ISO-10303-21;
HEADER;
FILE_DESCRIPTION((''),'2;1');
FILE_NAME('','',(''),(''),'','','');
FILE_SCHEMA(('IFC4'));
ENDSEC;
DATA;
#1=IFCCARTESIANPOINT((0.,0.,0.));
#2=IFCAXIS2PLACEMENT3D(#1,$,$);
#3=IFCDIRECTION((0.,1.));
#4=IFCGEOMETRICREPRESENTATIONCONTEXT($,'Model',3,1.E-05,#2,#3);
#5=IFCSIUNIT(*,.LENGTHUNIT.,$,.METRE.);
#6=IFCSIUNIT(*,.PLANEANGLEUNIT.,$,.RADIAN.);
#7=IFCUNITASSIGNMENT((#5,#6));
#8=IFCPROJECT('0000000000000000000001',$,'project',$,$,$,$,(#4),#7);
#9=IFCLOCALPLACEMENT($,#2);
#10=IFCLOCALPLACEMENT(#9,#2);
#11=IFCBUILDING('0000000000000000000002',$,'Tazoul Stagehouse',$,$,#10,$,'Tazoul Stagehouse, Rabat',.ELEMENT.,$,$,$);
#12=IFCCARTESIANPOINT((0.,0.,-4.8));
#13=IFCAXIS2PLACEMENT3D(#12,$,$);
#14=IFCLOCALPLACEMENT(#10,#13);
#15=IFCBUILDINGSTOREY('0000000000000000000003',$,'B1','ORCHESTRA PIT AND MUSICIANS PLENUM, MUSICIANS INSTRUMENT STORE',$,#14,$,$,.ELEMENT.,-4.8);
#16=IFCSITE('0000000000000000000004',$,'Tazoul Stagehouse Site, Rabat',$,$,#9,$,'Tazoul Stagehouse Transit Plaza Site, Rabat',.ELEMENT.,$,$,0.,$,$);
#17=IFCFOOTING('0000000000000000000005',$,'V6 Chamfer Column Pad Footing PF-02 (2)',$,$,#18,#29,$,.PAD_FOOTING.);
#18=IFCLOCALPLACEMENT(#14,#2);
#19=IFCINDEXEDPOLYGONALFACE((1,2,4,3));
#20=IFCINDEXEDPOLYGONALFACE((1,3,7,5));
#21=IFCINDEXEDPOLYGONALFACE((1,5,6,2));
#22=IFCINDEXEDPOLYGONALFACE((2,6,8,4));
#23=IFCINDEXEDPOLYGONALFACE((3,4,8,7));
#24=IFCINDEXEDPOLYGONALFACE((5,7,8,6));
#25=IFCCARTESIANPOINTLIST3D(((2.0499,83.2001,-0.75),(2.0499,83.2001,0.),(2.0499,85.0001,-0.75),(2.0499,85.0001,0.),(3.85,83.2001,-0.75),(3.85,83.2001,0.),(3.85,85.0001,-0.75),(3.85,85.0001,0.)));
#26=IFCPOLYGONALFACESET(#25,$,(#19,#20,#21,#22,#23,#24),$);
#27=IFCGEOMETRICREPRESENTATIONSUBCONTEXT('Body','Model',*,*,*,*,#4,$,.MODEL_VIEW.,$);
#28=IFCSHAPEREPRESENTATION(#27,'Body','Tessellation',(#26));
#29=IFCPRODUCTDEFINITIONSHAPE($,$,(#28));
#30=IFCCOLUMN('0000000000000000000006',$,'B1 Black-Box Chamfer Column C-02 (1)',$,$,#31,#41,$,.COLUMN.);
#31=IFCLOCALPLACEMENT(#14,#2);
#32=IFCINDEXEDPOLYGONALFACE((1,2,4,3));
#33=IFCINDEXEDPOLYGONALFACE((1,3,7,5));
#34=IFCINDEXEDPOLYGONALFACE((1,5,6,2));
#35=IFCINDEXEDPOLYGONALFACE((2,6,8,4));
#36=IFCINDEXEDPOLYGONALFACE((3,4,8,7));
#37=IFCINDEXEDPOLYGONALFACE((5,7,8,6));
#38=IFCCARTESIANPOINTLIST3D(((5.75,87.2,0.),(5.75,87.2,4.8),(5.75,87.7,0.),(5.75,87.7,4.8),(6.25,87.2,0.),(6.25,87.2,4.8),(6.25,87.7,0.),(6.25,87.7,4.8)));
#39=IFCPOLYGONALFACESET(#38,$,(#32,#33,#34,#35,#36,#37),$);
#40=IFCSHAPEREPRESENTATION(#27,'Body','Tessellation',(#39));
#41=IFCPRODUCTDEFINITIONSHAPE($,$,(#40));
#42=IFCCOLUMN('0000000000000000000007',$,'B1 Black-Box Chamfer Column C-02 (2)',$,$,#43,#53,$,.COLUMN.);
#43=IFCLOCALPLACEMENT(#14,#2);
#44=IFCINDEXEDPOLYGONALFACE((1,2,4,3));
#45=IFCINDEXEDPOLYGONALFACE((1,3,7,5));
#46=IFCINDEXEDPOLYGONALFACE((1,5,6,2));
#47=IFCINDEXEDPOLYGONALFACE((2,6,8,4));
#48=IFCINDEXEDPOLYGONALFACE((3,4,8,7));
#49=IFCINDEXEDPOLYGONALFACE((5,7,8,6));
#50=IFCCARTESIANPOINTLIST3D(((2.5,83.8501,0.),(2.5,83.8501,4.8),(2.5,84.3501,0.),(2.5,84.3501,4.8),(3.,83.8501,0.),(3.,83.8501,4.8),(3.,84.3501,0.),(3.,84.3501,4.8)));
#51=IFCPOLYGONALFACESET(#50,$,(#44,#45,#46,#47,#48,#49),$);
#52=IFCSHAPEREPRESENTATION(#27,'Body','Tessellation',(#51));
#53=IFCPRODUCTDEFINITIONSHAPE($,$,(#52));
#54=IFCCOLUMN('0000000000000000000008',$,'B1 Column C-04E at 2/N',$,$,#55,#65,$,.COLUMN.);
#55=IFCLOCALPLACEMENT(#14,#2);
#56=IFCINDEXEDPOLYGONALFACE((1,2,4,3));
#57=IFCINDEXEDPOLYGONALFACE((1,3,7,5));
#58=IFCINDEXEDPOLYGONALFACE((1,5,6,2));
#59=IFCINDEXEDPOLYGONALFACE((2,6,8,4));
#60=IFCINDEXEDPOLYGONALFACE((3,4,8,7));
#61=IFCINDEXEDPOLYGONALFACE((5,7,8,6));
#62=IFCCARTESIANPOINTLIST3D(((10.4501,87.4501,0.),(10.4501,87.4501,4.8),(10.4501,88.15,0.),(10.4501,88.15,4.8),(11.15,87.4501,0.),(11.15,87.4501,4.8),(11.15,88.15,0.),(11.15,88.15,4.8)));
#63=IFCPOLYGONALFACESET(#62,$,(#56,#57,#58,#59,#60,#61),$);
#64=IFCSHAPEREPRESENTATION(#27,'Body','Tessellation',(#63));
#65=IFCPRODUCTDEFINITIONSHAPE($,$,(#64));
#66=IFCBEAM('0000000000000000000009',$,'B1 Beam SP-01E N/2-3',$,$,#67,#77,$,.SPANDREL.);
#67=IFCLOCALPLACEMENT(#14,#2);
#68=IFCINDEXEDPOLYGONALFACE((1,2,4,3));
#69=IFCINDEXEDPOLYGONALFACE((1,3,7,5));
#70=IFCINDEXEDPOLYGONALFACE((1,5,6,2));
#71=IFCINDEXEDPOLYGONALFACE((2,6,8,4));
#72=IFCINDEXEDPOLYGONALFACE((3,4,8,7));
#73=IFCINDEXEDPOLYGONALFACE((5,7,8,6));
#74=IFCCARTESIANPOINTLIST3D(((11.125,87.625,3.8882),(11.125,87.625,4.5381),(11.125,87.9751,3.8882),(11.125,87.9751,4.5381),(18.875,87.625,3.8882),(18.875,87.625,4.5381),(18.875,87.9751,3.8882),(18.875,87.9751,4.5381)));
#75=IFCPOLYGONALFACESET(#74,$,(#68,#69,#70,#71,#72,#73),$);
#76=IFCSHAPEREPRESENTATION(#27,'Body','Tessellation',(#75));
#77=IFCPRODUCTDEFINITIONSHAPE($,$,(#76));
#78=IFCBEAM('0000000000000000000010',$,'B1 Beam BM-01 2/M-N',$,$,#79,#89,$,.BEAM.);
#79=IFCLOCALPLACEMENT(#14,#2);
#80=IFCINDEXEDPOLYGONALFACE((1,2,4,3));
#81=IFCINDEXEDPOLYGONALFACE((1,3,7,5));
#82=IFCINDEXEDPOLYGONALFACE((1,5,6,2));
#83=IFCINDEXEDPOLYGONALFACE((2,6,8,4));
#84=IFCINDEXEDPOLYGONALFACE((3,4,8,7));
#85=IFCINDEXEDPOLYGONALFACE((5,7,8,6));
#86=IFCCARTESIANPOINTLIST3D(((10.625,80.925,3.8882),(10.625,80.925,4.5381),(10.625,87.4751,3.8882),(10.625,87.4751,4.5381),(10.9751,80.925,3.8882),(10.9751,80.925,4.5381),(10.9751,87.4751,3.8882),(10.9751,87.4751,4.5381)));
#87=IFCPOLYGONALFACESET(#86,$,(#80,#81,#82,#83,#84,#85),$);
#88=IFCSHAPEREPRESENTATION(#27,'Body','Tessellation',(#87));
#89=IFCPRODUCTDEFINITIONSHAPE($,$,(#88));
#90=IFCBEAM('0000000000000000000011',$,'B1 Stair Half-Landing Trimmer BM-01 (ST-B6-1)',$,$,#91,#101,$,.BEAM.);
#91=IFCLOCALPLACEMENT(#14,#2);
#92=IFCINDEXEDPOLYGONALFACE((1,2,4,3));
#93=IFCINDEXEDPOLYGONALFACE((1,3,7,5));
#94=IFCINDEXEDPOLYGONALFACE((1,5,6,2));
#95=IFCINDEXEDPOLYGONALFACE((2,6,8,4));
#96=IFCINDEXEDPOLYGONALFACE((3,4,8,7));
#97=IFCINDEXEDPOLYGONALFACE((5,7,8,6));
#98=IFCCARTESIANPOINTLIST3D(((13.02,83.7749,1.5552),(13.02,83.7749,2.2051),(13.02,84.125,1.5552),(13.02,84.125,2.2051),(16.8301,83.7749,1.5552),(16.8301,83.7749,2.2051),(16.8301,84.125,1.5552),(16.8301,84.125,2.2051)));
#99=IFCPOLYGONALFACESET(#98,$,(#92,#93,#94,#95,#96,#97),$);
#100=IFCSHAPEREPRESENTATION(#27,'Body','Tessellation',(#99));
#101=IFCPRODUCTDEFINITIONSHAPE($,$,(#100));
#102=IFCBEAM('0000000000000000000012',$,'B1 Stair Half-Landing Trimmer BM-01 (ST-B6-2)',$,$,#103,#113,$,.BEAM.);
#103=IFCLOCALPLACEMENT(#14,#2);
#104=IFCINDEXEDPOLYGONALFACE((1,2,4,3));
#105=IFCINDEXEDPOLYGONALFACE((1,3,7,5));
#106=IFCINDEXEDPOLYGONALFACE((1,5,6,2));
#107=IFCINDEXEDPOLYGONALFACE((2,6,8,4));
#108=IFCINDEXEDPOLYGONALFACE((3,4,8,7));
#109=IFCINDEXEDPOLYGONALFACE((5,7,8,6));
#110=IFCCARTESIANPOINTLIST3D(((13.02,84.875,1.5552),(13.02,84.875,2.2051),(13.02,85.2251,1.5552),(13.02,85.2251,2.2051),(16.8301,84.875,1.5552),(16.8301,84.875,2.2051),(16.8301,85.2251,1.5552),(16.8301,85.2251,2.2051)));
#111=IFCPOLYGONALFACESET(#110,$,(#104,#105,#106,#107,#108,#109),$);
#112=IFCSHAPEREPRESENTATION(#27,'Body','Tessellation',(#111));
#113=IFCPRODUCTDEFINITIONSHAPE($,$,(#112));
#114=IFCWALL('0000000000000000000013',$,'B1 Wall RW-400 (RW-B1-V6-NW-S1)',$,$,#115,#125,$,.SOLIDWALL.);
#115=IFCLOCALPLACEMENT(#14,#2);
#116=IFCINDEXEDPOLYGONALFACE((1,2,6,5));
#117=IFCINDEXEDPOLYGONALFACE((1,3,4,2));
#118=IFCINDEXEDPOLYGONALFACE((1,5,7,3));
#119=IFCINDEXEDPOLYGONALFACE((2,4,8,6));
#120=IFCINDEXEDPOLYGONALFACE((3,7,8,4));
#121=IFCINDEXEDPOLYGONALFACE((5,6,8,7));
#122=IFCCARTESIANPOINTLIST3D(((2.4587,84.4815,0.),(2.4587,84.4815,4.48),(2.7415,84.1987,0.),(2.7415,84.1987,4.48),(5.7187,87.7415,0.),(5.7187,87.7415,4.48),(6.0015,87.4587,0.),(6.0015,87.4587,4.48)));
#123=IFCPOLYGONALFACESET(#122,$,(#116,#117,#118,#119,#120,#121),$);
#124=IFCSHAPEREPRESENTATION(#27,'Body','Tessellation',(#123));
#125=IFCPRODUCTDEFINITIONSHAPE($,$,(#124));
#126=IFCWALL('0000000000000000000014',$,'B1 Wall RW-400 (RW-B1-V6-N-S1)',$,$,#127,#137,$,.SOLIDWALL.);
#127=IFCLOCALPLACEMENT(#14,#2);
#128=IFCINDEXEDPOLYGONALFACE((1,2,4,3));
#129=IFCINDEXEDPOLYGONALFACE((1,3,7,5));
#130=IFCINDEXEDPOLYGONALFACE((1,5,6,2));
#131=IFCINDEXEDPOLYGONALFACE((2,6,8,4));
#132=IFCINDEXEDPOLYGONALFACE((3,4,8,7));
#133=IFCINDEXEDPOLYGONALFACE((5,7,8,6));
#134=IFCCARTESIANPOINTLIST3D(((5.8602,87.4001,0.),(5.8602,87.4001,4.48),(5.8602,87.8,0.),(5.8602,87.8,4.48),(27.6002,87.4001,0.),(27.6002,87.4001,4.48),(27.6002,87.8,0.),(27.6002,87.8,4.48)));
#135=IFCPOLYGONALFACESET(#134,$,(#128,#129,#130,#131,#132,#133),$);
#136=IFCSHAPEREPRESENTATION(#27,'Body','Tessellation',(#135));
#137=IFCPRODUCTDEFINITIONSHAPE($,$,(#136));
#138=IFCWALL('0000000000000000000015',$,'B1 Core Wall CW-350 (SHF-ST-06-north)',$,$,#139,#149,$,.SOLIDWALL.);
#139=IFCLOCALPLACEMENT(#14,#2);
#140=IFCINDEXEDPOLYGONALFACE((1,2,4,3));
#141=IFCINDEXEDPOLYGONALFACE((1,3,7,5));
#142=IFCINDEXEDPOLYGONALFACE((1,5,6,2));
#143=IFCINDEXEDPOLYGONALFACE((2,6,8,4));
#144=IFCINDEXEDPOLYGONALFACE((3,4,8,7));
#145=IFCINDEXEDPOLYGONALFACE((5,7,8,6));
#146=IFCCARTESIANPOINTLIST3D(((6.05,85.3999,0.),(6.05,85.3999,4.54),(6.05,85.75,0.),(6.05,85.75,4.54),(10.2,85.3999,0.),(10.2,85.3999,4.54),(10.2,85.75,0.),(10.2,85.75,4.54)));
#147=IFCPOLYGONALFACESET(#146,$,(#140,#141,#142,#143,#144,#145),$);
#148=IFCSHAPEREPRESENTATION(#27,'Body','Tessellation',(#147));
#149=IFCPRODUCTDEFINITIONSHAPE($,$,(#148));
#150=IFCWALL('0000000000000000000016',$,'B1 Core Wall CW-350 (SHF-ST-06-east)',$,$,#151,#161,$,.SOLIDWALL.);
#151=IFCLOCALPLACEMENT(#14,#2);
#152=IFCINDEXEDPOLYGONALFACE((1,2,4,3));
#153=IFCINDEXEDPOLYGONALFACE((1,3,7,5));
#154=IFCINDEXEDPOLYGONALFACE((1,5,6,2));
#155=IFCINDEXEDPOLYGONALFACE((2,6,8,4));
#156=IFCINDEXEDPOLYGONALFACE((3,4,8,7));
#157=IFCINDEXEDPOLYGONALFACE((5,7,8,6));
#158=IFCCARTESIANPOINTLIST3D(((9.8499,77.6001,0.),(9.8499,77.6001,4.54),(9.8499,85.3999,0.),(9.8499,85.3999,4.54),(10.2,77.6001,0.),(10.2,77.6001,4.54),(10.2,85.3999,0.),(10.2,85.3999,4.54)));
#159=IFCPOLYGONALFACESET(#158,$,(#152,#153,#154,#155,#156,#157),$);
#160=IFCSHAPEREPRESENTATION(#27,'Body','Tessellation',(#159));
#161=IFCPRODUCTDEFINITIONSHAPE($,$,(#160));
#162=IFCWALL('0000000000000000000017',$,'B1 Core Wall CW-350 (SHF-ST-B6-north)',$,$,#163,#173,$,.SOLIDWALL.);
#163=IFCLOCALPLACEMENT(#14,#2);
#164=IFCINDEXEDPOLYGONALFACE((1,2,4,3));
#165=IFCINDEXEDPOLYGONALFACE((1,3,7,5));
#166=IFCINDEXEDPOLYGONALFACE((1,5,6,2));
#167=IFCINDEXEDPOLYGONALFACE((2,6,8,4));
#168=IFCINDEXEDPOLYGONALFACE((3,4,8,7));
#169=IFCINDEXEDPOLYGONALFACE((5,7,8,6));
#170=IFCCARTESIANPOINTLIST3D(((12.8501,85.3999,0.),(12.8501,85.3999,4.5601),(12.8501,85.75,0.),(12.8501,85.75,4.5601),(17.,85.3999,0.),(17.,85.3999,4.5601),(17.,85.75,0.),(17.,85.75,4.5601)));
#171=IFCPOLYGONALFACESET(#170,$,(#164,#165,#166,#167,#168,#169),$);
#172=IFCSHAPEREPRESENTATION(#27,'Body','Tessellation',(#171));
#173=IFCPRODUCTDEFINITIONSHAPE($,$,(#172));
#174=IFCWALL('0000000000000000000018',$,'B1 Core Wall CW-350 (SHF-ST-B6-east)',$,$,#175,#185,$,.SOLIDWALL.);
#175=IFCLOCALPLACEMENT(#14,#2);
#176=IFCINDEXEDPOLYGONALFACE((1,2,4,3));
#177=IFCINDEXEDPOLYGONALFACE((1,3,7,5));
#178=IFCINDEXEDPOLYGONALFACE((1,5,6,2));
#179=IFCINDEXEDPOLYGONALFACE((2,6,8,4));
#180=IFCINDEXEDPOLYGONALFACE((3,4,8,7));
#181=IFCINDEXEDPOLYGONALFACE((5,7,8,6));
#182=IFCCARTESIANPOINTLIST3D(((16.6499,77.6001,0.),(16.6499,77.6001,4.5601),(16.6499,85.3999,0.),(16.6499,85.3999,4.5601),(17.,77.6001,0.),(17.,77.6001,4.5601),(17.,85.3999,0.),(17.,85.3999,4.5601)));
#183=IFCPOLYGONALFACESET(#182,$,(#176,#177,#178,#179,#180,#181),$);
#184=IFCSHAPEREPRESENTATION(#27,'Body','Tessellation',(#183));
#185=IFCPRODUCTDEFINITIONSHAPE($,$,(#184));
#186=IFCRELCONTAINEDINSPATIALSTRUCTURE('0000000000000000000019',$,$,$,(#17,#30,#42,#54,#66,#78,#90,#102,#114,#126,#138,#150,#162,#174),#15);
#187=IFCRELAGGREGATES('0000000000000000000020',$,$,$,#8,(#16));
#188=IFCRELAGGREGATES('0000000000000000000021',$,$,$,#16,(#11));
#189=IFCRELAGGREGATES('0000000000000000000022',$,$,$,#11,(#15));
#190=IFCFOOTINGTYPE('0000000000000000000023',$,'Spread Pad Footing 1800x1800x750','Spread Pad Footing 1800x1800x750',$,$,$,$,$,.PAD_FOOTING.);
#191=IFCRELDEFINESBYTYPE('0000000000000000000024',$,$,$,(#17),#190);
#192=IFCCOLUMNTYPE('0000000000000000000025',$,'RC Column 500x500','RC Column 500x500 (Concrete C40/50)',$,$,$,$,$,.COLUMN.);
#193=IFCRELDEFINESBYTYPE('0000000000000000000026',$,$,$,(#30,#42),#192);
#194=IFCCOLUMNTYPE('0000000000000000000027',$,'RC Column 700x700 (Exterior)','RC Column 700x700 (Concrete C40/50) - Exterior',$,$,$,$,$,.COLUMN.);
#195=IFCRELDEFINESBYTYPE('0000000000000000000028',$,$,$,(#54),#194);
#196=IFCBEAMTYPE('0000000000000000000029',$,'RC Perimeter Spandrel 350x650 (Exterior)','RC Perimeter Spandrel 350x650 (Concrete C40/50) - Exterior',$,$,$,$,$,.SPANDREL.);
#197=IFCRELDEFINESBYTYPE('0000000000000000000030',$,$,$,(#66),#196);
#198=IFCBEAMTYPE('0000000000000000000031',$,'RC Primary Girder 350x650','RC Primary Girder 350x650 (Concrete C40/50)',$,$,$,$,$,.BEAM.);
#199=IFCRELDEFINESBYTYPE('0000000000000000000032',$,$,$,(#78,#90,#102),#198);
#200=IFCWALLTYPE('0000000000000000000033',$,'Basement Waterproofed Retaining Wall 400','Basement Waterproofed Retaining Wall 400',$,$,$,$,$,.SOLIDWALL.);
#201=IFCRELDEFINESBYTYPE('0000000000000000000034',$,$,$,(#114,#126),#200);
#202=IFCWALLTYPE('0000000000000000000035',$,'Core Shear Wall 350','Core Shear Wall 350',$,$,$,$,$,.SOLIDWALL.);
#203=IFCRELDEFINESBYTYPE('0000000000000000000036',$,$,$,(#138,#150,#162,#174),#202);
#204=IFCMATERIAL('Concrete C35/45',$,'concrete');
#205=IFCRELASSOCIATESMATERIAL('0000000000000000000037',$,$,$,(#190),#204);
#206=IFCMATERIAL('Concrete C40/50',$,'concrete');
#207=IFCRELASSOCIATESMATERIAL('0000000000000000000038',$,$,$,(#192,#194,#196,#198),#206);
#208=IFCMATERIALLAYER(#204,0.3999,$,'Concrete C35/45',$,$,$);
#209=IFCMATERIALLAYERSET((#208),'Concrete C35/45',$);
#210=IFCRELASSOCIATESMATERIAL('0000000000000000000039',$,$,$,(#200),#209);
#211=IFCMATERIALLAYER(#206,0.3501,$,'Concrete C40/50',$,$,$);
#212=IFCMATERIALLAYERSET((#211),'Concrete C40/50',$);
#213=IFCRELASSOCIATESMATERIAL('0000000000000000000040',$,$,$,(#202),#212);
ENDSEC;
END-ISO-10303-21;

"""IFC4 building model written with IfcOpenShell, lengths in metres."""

from ifc_helpers import new_model, si_unit, direction, frame, frame_2d, origin, origin_2d, place, context, subcontext, project, spatial, rectangle, extrude, material, layer, layer_set, material_profile, profile_set, type_object, element, save


model = new_model("IFC4")

# Units and contexts
model_context = context("Model", 3, precision=1e-05, world=origin(), true_north=direction((0.0, 1.0)))
body_context = subcontext(model_context, "Body", "Model", "MODEL_VIEW")
ifc_project = project(units=[si_unit("LENGTHUNIT", "METRE"), si_unit("PLANEANGLEUNIT", "RADIAN")], contexts=[model_context])

# Site, building, storey
site_placement = place(None, origin())
site = spatial("IfcSite", under=ifc_project, at=site_placement, Name="Tazoul Stagehouse Site, Rabat", LongName="Tazoul Stagehouse Transit Plaza Site, Rabat", CompositionType="ELEMENT", RefElevation=0.0)
building_placement = place(site_placement, origin())
building = spatial("IfcBuilding", under=site, at=building_placement, Name="Tazoul Stagehouse", LongName="Tazoul Stagehouse, Rabat", CompositionType="ELEMENT")
storey_placement = place(building_placement, frame((0.0, 0.0, -4.8)))
storey = spatial("IfcBuildingStorey", under=building, at=storey_placement, Name="B1", Description="ORCHESTRA PIT AND MUSICIANS PLENUM, MUSICIANS INSTRUMENT STORE", CompositionType="ELEMENT", Elevation=-4.8)

# Shared definitions
ifc_material_1 = material(Name="Concrete C35/45", Category="concrete")

# Footing
footing_type_1 = type_object("IfcFootingType", Name="Spread Pad Footing 1800x1800x750", Description="Spread Pad Footing 1800x1800x750", PredefinedType="PAD_FOOTING", material=ifc_material_1)
for number, where, z_axis, x_axis, name in (
    (1, (2.95, 84.1001, -0.75), (0.0, 0.0, 1.0), (1.0, 0.0, 0.0), "V6 Chamfer Column Pad Footing PF-02 (2)"),
):
    element("IfcFooting", number, at=place(storey_placement, frame(where, z_axis=z_axis, x_axis=x_axis)), inside=storey, type_object=footing_type_1, Name=name, PredefinedType="PAD_FOOTING", context=body_context, shape_type="SweptSolid", body=[
        extrude(rectangle(XDim=1.8, YDim=1.8, at=origin_2d()), origin(), (0.0, 0.0, 1.0), 0.75),
    ])

# Columns
ifc_material_2 = material(Name="Concrete C40/50", Category="concrete")
ifc_material_profile_1 = material_profile(ifc_material_2, rectangle(XDim=0.5, YDim=0.5, at=origin_2d()), Name="RC 500x500")
ifc_profile_set_1 = profile_set([ifc_material_profile_1], Name="Concrete C40/50")
column_type_1 = type_object("IfcColumnType", Name="RC Column 500x500", Description="RC Column 500x500 (Concrete C40/50)", PredefinedType="COLUMN", material=ifc_profile_set_1)
for number, where, z_axis, x_axis, name in (
    (2, (6.0, 87.45, 0.0), (0.0, 0.0, 1.0), (1.0, 0.0, 0.0), "B1 Black-Box Chamfer Column C-02 (1)"),
    (3, (2.75, 84.1001, 0.0), (0.0, 0.0, 1.0), (1.0, 0.0, 0.0), "B1 Black-Box Chamfer Column C-02 (2)"),
):
    element("IfcColumn", number, at=place(storey_placement, frame(where, z_axis=z_axis, x_axis=x_axis)), inside=storey, type_object=column_type_1, Name=name, PredefinedType="COLUMN", context=body_context, shape_type="SweptSolid", body=[
        extrude(rectangle(XDim=0.5, YDim=0.5, at=origin_2d()), origin(), (0.0, 0.0, 1.0), 4.8),
    ])
ifc_material_profile_2 = material_profile(ifc_material_2, rectangle(XDim=0.7, YDim=0.7, at=origin_2d()), Name="RC 700x700")
ifc_profile_set_2 = profile_set([ifc_material_profile_2], Name="Concrete C40/50")
column_type_2 = type_object("IfcColumnType", Name="RC Column 700x700 (Exterior)", Description="RC Column 700x700 (Concrete C40/50) - Exterior", PredefinedType="COLUMN", material=ifc_profile_set_2)
column_placement = place(storey_placement, frame((10.8, 87.8, 0.0), z_axis=(0.0, 0.0, 1.0), x_axis=(1.0, 0.0, 0.0)))
element("IfcColumn", 4, at=column_placement, inside=storey, type_object=column_type_2, Name="B1 Column C-04E at 2/N", PredefinedType="COLUMN", context=body_context, shape_type="SweptSolid", body=[
    extrude(rectangle(XDim=0.7, YDim=0.7, at=origin_2d()), origin(), (0.0, 0.0, 1.0), 4.8),
])

# Beams
ifc_material_profile_3 = material_profile(ifc_material_2, rectangle(XDim=0.3501, YDim=0.6499, at=origin_2d()), Name="RC 350x650")
ifc_profile_set_3 = profile_set([ifc_material_profile_3], Name="Concrete C40/50")
beam_type_1 = type_object("IfcBeamType", Name="RC Perimeter Spandrel 350x650 (Exterior)", Description="RC Perimeter Spandrel 350x650 (Concrete C40/50) - Exterior", PredefinedType="SPANDREL", material=ifc_profile_set_3)
beam_1_placement = place(storey_placement, frame((11.125, 87.8, 4.2131), z_axis=(1.0, 0.0, 0.0), x_axis=(0.0, 1.0, 0.0)))
element("IfcBeam", 5, at=beam_1_placement, inside=storey, type_object=beam_type_1, Name="B1 Beam SP-01E N/2-3", PredefinedType="SPANDREL", context=body_context, shape_type="SweptSolid", body=[
    extrude(rectangle(XDim=0.3501, YDim=0.6499, at=origin_2d()), origin(), (0.0, 0.0, 1.0), 7.75),
])
ifc_material_profile_4 = material_profile(ifc_material_2, rectangle(XDim=0.3501, YDim=0.6499, at=origin_2d()), Name="RC 350x650")
ifc_profile_set_4 = profile_set([ifc_material_profile_4], Name="Concrete C40/50")
beam_type_2 = type_object("IfcBeamType", Name="RC Primary Girder 350x650", Description="RC Primary Girder 350x650 (Concrete C40/50)", PredefinedType="BEAM", material=ifc_profile_set_4)
beam_2_placement = place(storey_placement, frame((10.8, 80.925, 4.2131), z_axis=(0.0, 1.0, 0.0), x_axis=(-1.0, 0.0, 0.0)))
element("IfcBeam", 6, at=beam_2_placement, inside=storey, type_object=beam_type_2, Name="B1 Beam BM-01 2/M-N", PredefinedType="BEAM", context=body_context, shape_type="SweptSolid", body=[
    extrude(rectangle(XDim=0.3501, YDim=0.6499, at=origin_2d()), origin(), (0.0, 0.0, 1.0), 6.55),
])
for number, where, z_axis, x_axis, name in (
    (7, (13.02, 83.95, 1.8801), (1.0, 0.0, 0.0), (0.0, 1.0, 0.0), "B1 Stair Half-Landing Trimmer BM-01 (ST-B6-1)"),
    (8, (13.02, 85.05, 1.8801), (1.0, 0.0, 0.0), (0.0, 1.0, 0.0), "B1 Stair Half-Landing Trimmer BM-01 (ST-B6-2)"),
):
    element("IfcBeam", number, at=place(storey_placement, frame(where, z_axis=z_axis, x_axis=x_axis)), inside=storey, type_object=beam_type_2, Name=name, PredefinedType="BEAM", context=body_context, shape_type="SweptSolid", body=[
        extrude(rectangle(XDim=0.3501, YDim=0.6499, at=origin_2d()), origin(), (0.0, 0.0, 1.0), 3.8101),
    ])

# Walls
ifc_layer_1 = layer(ifc_material_1, 0.3999, Name="Concrete C35/45")
ifc_layer_set_1 = layer_set([ifc_layer_1], Name="Concrete C35/45")
wall_type_1 = type_object("IfcWallType", Name="Basement Waterproofed Retaining Wall 400", Description="Basement Waterproofed Retaining Wall 400", PredefinedType="SOLIDWALL", material=ifc_layer_set_1)
wall_1_placement = place(storey_placement, frame((2.6001, 84.3401, 0.0), z_axis=(0.0, 0.0, 1.0), x_axis=(0.707107, 0.707107, 0.0)))
element("IfcWall", 9, at=wall_1_placement, inside=storey, type_object=wall_type_1, Name="B1 Wall RW-400 (RW-B1-V6-NW-S1)", PredefinedType="SOLIDWALL", context=body_context, shape_type="SweptSolid", body=[
    extrude(rectangle(XDim=4.6104, YDim=0.3999, at=frame_2d((2.3052, 0.0))), origin(), (0.0, 0.0, 1.0), 4.48),
])
wall_2_placement = place(storey_placement, frame((5.8601, 87.6001, 0.0), z_axis=(0.0, 0.0, 1.0), x_axis=(1.0, 0.0, 0.0)))
element("IfcWall", 10, at=wall_2_placement, inside=storey, type_object=wall_type_1, Name="B1 Wall RW-400 (RW-B1-V6-N-S1)", PredefinedType="SOLIDWALL", context=body_context, shape_type="SweptSolid", body=[
    extrude(rectangle(XDim=21.74, YDim=0.3999, at=frame_2d((10.8701, 0.0))), origin(), (0.0, 0.0, 1.0), 4.48),
])
ifc_layer_2 = layer(ifc_material_2, 0.3501, Name="Concrete C40/50")
ifc_layer_set_2 = layer_set([ifc_layer_2], Name="Concrete C40/50")
wall_type_2 = type_object("IfcWallType", Name="Core Shear Wall 350", Description="Core Shear Wall 350", PredefinedType="SOLIDWALL", material=ifc_layer_set_2)
wall_3_placement = place(storey_placement, frame((6.05, 85.575, 0.0), z_axis=(0.0, 0.0, 1.0), x_axis=(1.0, 0.0, 0.0)))
element("IfcWall", 11, at=wall_3_placement, inside=storey, type_object=wall_type_2, Name="B1 Core Wall CW-350 (SHF-ST-06-north)", PredefinedType="SOLIDWALL", context=body_context, shape_type="SweptSolid", body=[
    extrude(rectangle(XDim=4.1499, YDim=0.3501, at=frame_2d((2.075, 0.0))), origin(), (0.0, 0.0, 1.0), 4.54),
])
wall_4_placement = place(storey_placement, frame((10.0249, 85.3999, 0.0), z_axis=(0.0, 0.0, 1.0), x_axis=(0.0, -1.0, 0.0)))
element("IfcWall", 12, at=wall_4_placement, inside=storey, type_object=wall_type_2, Name="B1 Core Wall CW-350 (SHF-ST-06-east)", PredefinedType="SOLIDWALL", context=body_context, shape_type="SweptSolid", body=[
    extrude(rectangle(XDim=7.7998, YDim=0.3501, at=frame_2d((3.8999, 0.0))), origin(), (0.0, 0.0, 1.0), 4.54),
])
wall_5_placement = place(storey_placement, frame((12.8501, 85.575, 0.0), z_axis=(0.0, 0.0, 1.0), x_axis=(1.0, 0.0, 0.0)))
element("IfcWall", 13, at=wall_5_placement, inside=storey, type_object=wall_type_2, Name="B1 Core Wall CW-350 (SHF-ST-B6-north)", PredefinedType="SOLIDWALL", context=body_context, shape_type="SweptSolid", body=[
    extrude(rectangle(XDim=4.1499, YDim=0.3501, at=frame_2d((2.075, 0.0))), origin(), (0.0, 0.0, 1.0), 4.5601),
])
wall_6_placement = place(storey_placement, frame((16.825, 85.3999, 0.0), z_axis=(0.0, 0.0, 1.0), x_axis=(0.0, -1.0, 0.0)))
element("IfcWall", 14, at=wall_6_placement, inside=storey, type_object=wall_type_2, Name="B1 Core Wall CW-350 (SHF-ST-B6-east)", PredefinedType="SOLIDWALL", context=body_context, shape_type="SweptSolid", body=[
    extrude(rectangle(XDim=7.7998, YDim=0.3501, at=frame_2d((3.8999, 0.0))), origin(), (0.0, 0.0, 1.0), 4.5601),
])

save(model, "model.ifc")
